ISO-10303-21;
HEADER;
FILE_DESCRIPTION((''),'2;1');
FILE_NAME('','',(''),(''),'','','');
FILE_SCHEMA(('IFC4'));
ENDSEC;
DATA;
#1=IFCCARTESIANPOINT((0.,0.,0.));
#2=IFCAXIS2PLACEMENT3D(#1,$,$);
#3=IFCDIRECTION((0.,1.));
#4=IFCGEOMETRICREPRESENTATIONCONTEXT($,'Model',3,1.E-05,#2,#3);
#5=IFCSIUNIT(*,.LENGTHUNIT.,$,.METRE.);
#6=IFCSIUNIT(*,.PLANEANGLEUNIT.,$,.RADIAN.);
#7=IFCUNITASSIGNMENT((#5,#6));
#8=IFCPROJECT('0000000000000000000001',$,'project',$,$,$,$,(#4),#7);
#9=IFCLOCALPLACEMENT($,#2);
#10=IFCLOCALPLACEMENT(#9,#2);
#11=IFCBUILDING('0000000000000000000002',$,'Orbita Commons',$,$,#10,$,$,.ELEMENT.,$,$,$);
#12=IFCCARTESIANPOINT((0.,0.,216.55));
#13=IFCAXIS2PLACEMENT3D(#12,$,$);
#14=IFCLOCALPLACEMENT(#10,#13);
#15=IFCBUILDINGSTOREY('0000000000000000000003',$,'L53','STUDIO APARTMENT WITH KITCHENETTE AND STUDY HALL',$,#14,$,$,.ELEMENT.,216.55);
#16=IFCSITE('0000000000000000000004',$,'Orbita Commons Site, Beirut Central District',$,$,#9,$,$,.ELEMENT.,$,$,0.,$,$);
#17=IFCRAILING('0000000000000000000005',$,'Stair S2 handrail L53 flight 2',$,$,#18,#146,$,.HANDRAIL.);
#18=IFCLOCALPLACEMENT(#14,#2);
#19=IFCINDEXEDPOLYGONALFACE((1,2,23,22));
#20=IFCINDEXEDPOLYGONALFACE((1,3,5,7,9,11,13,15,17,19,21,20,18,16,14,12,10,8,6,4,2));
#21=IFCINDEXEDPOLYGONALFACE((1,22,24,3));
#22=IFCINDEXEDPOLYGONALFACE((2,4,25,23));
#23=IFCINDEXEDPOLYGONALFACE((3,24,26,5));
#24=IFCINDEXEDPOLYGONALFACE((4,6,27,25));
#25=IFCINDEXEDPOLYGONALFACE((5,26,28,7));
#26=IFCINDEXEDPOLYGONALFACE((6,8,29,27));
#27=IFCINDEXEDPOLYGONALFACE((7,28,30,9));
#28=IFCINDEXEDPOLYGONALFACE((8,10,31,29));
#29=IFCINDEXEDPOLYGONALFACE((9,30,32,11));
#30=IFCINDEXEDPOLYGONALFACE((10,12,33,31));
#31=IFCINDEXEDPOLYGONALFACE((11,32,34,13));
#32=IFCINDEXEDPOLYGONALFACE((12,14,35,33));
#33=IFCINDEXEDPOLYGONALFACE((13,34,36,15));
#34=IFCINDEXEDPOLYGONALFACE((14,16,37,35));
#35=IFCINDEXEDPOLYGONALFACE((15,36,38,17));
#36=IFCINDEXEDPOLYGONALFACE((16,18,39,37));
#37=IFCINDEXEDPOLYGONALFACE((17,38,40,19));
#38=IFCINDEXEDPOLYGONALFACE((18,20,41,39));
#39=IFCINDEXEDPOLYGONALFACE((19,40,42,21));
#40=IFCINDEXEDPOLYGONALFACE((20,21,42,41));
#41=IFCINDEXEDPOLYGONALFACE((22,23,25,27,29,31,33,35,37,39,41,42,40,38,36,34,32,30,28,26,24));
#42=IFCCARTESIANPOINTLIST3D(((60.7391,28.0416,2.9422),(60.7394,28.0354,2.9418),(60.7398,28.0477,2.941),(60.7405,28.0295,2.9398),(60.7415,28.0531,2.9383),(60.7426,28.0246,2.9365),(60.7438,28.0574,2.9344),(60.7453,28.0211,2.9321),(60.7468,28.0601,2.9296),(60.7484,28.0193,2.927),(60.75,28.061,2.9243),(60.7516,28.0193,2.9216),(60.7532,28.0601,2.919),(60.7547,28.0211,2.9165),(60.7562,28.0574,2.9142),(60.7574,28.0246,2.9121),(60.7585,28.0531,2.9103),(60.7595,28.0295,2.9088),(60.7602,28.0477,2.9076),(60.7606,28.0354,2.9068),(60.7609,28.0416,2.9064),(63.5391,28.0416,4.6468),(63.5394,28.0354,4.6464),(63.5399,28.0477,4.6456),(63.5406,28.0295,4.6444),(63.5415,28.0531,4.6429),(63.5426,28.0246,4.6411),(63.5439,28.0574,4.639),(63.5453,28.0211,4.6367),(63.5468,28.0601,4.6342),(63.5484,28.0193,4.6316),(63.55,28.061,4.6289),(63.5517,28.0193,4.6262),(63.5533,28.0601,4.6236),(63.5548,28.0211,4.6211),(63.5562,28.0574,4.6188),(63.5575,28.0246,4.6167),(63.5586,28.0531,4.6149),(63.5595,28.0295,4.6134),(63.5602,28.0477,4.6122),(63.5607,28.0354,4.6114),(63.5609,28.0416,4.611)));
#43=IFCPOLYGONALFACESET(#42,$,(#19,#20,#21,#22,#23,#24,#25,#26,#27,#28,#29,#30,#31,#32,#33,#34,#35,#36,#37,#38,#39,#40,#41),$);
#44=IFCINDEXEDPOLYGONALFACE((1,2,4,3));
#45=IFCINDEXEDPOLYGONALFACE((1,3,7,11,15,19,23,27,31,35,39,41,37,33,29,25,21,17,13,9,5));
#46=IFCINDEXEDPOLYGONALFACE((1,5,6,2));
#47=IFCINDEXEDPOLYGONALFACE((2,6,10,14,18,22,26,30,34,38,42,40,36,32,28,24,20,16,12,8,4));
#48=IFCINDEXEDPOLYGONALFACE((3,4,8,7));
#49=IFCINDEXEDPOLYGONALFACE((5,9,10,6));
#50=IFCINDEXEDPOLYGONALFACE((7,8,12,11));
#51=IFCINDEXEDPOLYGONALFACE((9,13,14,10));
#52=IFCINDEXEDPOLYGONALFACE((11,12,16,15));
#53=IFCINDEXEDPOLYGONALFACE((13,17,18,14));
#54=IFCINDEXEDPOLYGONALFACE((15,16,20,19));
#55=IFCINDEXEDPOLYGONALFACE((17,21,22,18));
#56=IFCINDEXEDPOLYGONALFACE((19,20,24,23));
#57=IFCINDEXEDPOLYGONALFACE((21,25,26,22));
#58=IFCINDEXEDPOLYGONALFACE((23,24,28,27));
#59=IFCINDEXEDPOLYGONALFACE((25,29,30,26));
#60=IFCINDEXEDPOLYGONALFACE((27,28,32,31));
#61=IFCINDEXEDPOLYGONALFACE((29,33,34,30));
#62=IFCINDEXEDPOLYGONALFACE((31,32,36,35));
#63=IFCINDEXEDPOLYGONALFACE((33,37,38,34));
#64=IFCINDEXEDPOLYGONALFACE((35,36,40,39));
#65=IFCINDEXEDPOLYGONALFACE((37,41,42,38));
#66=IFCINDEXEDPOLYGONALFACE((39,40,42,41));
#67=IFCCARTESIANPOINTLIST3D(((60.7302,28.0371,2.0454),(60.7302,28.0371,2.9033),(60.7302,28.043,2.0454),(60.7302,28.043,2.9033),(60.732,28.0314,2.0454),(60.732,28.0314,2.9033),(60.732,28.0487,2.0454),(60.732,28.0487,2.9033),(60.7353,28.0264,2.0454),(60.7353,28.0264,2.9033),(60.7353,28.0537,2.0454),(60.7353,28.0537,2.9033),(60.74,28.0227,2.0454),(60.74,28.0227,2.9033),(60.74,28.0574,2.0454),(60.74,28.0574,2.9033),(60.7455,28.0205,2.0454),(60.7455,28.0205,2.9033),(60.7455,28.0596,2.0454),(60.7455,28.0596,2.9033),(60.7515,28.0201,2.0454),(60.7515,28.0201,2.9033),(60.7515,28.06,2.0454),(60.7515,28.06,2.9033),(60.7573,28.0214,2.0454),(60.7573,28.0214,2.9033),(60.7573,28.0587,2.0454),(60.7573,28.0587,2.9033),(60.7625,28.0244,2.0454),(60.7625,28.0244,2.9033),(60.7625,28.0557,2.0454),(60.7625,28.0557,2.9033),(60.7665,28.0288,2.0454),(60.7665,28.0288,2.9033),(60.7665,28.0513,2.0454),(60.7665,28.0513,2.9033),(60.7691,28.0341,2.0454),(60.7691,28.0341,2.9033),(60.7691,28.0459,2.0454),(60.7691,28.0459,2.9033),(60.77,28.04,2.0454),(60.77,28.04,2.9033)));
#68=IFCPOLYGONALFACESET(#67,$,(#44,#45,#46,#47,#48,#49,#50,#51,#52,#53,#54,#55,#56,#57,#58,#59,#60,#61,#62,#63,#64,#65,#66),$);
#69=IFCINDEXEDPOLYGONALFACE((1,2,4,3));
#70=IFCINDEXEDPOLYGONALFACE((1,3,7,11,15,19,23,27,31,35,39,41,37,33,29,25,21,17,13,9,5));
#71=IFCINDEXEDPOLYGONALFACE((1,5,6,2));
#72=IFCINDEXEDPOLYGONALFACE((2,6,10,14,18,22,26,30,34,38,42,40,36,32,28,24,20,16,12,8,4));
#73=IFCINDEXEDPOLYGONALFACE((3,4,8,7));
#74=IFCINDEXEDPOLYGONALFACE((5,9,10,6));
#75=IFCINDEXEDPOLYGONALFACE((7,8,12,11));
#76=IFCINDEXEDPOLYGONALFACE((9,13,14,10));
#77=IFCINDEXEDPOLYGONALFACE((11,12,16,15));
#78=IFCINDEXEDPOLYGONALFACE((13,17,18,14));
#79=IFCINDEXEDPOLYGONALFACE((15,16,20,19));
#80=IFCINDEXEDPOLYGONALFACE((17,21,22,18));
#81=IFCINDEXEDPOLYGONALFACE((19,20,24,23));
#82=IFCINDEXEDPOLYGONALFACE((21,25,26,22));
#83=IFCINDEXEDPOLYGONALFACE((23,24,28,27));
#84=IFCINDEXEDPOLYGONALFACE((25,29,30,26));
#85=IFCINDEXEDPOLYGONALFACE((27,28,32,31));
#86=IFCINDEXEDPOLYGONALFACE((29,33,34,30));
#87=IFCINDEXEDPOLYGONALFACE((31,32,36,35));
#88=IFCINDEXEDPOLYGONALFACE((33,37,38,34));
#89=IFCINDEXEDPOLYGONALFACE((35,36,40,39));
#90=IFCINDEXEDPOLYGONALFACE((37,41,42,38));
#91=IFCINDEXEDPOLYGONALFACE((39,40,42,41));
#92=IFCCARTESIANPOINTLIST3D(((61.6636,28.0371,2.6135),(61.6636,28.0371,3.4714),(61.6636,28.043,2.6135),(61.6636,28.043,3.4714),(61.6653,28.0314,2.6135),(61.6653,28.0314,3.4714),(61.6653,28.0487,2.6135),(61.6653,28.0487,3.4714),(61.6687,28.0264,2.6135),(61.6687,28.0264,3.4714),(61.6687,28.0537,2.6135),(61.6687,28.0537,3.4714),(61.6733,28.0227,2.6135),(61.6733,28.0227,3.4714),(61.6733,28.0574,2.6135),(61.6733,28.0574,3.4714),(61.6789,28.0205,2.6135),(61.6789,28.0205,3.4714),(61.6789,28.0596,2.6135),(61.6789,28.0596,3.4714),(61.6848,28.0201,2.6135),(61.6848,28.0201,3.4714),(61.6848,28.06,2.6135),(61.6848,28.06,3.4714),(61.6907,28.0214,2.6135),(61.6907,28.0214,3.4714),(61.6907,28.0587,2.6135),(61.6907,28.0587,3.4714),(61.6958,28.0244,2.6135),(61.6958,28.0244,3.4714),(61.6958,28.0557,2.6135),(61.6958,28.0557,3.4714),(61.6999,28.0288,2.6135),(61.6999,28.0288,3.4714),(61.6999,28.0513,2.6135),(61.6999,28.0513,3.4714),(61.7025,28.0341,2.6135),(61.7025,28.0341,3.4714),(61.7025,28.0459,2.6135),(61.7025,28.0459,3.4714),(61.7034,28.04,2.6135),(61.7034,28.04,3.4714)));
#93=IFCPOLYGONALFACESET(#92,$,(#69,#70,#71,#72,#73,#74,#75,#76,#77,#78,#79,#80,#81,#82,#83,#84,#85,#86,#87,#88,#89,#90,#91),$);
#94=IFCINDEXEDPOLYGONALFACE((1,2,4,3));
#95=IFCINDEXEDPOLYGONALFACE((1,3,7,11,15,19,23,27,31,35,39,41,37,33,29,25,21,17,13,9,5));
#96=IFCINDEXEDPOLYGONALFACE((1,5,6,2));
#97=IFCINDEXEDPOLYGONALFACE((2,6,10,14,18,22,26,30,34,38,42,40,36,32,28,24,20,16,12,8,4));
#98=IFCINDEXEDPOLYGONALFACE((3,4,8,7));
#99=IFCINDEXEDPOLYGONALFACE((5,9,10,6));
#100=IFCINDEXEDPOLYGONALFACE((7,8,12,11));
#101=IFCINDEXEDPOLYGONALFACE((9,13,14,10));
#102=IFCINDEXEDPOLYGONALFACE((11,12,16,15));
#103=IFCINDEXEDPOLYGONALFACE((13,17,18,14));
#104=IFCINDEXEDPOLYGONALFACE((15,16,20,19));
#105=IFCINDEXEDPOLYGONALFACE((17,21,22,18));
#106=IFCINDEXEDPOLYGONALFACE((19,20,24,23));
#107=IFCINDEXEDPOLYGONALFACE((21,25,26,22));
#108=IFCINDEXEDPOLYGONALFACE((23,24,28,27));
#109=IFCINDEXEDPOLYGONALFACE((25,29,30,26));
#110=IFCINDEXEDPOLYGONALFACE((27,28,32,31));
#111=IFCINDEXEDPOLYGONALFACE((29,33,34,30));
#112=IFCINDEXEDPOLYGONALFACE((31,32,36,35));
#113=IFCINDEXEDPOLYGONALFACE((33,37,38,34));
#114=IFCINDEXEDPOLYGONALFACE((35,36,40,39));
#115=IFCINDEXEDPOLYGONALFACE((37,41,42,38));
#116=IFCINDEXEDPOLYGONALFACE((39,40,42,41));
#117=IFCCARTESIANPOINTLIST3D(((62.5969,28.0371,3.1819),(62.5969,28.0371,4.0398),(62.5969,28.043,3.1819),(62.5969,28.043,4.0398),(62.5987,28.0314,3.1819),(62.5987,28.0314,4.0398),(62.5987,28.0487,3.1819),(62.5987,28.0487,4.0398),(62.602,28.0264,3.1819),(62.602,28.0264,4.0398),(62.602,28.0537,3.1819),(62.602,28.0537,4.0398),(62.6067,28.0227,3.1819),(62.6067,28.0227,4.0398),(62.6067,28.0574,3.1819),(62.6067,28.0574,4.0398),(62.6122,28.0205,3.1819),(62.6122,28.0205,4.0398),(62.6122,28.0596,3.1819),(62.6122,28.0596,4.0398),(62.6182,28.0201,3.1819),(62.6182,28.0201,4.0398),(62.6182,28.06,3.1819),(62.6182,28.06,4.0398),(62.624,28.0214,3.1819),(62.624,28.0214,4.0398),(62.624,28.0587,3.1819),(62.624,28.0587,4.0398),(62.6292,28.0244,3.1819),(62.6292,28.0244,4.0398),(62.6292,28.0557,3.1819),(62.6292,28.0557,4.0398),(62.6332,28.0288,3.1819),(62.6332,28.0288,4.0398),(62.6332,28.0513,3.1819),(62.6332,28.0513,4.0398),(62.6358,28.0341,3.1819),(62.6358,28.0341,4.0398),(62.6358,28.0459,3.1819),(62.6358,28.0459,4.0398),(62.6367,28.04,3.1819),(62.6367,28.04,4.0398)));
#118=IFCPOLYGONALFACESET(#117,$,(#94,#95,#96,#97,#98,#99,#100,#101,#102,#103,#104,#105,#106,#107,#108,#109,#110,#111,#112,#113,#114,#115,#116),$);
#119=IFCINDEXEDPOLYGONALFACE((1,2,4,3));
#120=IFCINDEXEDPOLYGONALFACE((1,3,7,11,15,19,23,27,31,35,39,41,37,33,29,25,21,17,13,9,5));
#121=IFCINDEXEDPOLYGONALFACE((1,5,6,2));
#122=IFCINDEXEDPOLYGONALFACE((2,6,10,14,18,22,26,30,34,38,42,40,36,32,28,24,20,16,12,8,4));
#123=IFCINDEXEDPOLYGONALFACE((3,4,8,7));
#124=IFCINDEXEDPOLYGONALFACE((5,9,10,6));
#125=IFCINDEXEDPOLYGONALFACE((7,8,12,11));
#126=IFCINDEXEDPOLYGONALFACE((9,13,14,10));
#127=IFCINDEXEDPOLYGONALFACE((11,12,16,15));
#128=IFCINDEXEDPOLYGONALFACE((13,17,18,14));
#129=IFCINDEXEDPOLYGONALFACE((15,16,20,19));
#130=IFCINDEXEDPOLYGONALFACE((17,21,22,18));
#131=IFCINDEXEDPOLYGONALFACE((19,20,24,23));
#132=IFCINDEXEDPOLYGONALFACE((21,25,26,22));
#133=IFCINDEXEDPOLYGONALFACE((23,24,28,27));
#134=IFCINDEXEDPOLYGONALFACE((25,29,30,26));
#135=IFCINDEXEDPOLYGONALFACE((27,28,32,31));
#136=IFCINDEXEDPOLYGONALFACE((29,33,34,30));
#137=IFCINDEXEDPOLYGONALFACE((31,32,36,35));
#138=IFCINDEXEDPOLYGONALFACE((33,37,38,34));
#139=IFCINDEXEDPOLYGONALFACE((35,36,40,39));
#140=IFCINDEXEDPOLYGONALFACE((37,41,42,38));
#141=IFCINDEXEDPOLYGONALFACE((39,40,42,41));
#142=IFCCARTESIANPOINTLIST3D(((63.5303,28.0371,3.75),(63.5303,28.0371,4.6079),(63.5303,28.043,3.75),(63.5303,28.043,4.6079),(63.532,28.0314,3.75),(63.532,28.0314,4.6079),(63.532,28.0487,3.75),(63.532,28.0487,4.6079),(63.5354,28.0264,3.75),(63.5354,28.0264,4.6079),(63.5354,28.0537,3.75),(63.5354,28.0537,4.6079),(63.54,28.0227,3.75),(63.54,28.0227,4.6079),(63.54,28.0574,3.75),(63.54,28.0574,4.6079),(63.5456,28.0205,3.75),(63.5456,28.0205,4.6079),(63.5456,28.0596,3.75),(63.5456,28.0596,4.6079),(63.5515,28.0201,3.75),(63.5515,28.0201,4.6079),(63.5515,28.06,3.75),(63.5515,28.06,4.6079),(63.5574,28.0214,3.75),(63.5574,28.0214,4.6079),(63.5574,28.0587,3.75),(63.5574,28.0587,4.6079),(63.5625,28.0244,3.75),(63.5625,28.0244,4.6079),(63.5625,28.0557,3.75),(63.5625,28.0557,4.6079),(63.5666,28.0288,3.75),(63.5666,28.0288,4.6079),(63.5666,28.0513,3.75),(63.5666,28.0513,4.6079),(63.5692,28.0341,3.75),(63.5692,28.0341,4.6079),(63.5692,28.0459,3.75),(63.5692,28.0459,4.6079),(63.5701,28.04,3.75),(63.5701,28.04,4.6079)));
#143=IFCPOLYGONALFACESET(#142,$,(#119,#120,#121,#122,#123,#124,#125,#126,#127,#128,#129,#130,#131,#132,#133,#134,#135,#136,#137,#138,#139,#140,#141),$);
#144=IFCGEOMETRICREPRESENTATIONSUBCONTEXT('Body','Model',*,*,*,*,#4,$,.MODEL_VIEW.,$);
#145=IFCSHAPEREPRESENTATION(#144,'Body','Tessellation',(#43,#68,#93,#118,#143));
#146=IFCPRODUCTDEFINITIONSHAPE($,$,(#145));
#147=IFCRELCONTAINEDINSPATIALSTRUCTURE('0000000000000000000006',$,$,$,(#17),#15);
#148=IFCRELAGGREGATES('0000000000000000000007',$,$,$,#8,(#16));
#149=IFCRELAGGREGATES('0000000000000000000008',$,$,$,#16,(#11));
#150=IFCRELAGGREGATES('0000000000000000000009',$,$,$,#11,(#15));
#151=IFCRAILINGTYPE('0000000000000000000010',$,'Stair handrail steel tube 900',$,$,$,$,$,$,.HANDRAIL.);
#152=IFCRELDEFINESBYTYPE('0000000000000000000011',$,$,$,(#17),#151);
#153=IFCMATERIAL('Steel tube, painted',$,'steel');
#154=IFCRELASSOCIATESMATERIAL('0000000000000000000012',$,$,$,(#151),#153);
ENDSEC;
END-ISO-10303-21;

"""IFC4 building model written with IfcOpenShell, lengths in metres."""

from ifc_helpers import new_model, si_unit, direction, frame, origin, origin_2d, place, context, subcontext, project, spatial, circle, extrude, material, type_object, element, save


model = new_model("IFC4")

# Units and contexts
model_context = context("Model", 3, precision=1e-05, world=origin(), true_north=direction((0.0, 1.0)))
body_context = subcontext(model_context, "Body", "Model", "MODEL_VIEW")
ifc_project = project(units=[si_unit("LENGTHUNIT", "METRE"), si_unit("PLANEANGLEUNIT", "RADIAN")], contexts=[model_context])

# Site, building, storey
site_placement = place(None, origin())
site = spatial("IfcSite", under=ifc_project, at=site_placement, Name="Orbita Commons Site, Beirut Central District", CompositionType="ELEMENT", RefElevation=0.0)
building_placement = place(site_placement, origin())
building = spatial("IfcBuilding", under=site, at=building_placement, Name="Orbita Commons", CompositionType="ELEMENT")
storey_placement = place(building_placement, frame((0.0, 0.0, 216.55)))
storey = spatial("IfcBuildingStorey", under=building, at=storey_placement, Name="L53", Description="STUDIO APARTMENT WITH KITCHENETTE AND STUDY HALL", CompositionType="ELEMENT", Elevation=216.55)

# Railing
ifc_material_1 = material(Name="Steel tube, painted", Category="steel")
railing_type = type_object("IfcRailingType", Name="Stair handrail steel tube 900", PredefinedType="HANDRAIL", material=ifc_material_1)
for number, where, name in (
    (1, (60.75, 28.04, 2.0454), "Stair S2 handrail L53 flight 2"),
):
    element("IfcRailing", number, at=place(storey_placement, frame(where)), inside=storey, type_object=railing_type, Name=name, PredefinedType="HANDRAIL", context=body_context, shape_type="SweptSolid", body=[
        extrude(circle(Radius=0.021, at=origin_2d()), frame((0.0, 0.0, 0.8789), z_axis=(0.85417, 0.0, 0.519994), x_axis=(0.0, 1.0, 0.0)), (0.0, 0.0, 1.0), 3.2781),
        extrude(circle(Radius=0.02, at=origin_2d()), origin(), (0.0, 0.0, 1.0), 0.8579),
        extrude(circle(Radius=0.02, at=origin_2d()), frame((0.9333, 0.0, 0.5681)), (0.0, 0.0, 1.0), 0.8579),
        extrude(circle(Radius=0.02, at=origin_2d()), frame((1.8667, 0.0, 1.1365)), (0.0, 0.0, 1.0), 0.8579),
        extrude(circle(Radius=0.02, at=origin_2d()), frame((2.8, 0.0, 1.7046)), (0.0, 0.0, 1.0), 0.8579),
    ])

save(model, "model.ifc")
